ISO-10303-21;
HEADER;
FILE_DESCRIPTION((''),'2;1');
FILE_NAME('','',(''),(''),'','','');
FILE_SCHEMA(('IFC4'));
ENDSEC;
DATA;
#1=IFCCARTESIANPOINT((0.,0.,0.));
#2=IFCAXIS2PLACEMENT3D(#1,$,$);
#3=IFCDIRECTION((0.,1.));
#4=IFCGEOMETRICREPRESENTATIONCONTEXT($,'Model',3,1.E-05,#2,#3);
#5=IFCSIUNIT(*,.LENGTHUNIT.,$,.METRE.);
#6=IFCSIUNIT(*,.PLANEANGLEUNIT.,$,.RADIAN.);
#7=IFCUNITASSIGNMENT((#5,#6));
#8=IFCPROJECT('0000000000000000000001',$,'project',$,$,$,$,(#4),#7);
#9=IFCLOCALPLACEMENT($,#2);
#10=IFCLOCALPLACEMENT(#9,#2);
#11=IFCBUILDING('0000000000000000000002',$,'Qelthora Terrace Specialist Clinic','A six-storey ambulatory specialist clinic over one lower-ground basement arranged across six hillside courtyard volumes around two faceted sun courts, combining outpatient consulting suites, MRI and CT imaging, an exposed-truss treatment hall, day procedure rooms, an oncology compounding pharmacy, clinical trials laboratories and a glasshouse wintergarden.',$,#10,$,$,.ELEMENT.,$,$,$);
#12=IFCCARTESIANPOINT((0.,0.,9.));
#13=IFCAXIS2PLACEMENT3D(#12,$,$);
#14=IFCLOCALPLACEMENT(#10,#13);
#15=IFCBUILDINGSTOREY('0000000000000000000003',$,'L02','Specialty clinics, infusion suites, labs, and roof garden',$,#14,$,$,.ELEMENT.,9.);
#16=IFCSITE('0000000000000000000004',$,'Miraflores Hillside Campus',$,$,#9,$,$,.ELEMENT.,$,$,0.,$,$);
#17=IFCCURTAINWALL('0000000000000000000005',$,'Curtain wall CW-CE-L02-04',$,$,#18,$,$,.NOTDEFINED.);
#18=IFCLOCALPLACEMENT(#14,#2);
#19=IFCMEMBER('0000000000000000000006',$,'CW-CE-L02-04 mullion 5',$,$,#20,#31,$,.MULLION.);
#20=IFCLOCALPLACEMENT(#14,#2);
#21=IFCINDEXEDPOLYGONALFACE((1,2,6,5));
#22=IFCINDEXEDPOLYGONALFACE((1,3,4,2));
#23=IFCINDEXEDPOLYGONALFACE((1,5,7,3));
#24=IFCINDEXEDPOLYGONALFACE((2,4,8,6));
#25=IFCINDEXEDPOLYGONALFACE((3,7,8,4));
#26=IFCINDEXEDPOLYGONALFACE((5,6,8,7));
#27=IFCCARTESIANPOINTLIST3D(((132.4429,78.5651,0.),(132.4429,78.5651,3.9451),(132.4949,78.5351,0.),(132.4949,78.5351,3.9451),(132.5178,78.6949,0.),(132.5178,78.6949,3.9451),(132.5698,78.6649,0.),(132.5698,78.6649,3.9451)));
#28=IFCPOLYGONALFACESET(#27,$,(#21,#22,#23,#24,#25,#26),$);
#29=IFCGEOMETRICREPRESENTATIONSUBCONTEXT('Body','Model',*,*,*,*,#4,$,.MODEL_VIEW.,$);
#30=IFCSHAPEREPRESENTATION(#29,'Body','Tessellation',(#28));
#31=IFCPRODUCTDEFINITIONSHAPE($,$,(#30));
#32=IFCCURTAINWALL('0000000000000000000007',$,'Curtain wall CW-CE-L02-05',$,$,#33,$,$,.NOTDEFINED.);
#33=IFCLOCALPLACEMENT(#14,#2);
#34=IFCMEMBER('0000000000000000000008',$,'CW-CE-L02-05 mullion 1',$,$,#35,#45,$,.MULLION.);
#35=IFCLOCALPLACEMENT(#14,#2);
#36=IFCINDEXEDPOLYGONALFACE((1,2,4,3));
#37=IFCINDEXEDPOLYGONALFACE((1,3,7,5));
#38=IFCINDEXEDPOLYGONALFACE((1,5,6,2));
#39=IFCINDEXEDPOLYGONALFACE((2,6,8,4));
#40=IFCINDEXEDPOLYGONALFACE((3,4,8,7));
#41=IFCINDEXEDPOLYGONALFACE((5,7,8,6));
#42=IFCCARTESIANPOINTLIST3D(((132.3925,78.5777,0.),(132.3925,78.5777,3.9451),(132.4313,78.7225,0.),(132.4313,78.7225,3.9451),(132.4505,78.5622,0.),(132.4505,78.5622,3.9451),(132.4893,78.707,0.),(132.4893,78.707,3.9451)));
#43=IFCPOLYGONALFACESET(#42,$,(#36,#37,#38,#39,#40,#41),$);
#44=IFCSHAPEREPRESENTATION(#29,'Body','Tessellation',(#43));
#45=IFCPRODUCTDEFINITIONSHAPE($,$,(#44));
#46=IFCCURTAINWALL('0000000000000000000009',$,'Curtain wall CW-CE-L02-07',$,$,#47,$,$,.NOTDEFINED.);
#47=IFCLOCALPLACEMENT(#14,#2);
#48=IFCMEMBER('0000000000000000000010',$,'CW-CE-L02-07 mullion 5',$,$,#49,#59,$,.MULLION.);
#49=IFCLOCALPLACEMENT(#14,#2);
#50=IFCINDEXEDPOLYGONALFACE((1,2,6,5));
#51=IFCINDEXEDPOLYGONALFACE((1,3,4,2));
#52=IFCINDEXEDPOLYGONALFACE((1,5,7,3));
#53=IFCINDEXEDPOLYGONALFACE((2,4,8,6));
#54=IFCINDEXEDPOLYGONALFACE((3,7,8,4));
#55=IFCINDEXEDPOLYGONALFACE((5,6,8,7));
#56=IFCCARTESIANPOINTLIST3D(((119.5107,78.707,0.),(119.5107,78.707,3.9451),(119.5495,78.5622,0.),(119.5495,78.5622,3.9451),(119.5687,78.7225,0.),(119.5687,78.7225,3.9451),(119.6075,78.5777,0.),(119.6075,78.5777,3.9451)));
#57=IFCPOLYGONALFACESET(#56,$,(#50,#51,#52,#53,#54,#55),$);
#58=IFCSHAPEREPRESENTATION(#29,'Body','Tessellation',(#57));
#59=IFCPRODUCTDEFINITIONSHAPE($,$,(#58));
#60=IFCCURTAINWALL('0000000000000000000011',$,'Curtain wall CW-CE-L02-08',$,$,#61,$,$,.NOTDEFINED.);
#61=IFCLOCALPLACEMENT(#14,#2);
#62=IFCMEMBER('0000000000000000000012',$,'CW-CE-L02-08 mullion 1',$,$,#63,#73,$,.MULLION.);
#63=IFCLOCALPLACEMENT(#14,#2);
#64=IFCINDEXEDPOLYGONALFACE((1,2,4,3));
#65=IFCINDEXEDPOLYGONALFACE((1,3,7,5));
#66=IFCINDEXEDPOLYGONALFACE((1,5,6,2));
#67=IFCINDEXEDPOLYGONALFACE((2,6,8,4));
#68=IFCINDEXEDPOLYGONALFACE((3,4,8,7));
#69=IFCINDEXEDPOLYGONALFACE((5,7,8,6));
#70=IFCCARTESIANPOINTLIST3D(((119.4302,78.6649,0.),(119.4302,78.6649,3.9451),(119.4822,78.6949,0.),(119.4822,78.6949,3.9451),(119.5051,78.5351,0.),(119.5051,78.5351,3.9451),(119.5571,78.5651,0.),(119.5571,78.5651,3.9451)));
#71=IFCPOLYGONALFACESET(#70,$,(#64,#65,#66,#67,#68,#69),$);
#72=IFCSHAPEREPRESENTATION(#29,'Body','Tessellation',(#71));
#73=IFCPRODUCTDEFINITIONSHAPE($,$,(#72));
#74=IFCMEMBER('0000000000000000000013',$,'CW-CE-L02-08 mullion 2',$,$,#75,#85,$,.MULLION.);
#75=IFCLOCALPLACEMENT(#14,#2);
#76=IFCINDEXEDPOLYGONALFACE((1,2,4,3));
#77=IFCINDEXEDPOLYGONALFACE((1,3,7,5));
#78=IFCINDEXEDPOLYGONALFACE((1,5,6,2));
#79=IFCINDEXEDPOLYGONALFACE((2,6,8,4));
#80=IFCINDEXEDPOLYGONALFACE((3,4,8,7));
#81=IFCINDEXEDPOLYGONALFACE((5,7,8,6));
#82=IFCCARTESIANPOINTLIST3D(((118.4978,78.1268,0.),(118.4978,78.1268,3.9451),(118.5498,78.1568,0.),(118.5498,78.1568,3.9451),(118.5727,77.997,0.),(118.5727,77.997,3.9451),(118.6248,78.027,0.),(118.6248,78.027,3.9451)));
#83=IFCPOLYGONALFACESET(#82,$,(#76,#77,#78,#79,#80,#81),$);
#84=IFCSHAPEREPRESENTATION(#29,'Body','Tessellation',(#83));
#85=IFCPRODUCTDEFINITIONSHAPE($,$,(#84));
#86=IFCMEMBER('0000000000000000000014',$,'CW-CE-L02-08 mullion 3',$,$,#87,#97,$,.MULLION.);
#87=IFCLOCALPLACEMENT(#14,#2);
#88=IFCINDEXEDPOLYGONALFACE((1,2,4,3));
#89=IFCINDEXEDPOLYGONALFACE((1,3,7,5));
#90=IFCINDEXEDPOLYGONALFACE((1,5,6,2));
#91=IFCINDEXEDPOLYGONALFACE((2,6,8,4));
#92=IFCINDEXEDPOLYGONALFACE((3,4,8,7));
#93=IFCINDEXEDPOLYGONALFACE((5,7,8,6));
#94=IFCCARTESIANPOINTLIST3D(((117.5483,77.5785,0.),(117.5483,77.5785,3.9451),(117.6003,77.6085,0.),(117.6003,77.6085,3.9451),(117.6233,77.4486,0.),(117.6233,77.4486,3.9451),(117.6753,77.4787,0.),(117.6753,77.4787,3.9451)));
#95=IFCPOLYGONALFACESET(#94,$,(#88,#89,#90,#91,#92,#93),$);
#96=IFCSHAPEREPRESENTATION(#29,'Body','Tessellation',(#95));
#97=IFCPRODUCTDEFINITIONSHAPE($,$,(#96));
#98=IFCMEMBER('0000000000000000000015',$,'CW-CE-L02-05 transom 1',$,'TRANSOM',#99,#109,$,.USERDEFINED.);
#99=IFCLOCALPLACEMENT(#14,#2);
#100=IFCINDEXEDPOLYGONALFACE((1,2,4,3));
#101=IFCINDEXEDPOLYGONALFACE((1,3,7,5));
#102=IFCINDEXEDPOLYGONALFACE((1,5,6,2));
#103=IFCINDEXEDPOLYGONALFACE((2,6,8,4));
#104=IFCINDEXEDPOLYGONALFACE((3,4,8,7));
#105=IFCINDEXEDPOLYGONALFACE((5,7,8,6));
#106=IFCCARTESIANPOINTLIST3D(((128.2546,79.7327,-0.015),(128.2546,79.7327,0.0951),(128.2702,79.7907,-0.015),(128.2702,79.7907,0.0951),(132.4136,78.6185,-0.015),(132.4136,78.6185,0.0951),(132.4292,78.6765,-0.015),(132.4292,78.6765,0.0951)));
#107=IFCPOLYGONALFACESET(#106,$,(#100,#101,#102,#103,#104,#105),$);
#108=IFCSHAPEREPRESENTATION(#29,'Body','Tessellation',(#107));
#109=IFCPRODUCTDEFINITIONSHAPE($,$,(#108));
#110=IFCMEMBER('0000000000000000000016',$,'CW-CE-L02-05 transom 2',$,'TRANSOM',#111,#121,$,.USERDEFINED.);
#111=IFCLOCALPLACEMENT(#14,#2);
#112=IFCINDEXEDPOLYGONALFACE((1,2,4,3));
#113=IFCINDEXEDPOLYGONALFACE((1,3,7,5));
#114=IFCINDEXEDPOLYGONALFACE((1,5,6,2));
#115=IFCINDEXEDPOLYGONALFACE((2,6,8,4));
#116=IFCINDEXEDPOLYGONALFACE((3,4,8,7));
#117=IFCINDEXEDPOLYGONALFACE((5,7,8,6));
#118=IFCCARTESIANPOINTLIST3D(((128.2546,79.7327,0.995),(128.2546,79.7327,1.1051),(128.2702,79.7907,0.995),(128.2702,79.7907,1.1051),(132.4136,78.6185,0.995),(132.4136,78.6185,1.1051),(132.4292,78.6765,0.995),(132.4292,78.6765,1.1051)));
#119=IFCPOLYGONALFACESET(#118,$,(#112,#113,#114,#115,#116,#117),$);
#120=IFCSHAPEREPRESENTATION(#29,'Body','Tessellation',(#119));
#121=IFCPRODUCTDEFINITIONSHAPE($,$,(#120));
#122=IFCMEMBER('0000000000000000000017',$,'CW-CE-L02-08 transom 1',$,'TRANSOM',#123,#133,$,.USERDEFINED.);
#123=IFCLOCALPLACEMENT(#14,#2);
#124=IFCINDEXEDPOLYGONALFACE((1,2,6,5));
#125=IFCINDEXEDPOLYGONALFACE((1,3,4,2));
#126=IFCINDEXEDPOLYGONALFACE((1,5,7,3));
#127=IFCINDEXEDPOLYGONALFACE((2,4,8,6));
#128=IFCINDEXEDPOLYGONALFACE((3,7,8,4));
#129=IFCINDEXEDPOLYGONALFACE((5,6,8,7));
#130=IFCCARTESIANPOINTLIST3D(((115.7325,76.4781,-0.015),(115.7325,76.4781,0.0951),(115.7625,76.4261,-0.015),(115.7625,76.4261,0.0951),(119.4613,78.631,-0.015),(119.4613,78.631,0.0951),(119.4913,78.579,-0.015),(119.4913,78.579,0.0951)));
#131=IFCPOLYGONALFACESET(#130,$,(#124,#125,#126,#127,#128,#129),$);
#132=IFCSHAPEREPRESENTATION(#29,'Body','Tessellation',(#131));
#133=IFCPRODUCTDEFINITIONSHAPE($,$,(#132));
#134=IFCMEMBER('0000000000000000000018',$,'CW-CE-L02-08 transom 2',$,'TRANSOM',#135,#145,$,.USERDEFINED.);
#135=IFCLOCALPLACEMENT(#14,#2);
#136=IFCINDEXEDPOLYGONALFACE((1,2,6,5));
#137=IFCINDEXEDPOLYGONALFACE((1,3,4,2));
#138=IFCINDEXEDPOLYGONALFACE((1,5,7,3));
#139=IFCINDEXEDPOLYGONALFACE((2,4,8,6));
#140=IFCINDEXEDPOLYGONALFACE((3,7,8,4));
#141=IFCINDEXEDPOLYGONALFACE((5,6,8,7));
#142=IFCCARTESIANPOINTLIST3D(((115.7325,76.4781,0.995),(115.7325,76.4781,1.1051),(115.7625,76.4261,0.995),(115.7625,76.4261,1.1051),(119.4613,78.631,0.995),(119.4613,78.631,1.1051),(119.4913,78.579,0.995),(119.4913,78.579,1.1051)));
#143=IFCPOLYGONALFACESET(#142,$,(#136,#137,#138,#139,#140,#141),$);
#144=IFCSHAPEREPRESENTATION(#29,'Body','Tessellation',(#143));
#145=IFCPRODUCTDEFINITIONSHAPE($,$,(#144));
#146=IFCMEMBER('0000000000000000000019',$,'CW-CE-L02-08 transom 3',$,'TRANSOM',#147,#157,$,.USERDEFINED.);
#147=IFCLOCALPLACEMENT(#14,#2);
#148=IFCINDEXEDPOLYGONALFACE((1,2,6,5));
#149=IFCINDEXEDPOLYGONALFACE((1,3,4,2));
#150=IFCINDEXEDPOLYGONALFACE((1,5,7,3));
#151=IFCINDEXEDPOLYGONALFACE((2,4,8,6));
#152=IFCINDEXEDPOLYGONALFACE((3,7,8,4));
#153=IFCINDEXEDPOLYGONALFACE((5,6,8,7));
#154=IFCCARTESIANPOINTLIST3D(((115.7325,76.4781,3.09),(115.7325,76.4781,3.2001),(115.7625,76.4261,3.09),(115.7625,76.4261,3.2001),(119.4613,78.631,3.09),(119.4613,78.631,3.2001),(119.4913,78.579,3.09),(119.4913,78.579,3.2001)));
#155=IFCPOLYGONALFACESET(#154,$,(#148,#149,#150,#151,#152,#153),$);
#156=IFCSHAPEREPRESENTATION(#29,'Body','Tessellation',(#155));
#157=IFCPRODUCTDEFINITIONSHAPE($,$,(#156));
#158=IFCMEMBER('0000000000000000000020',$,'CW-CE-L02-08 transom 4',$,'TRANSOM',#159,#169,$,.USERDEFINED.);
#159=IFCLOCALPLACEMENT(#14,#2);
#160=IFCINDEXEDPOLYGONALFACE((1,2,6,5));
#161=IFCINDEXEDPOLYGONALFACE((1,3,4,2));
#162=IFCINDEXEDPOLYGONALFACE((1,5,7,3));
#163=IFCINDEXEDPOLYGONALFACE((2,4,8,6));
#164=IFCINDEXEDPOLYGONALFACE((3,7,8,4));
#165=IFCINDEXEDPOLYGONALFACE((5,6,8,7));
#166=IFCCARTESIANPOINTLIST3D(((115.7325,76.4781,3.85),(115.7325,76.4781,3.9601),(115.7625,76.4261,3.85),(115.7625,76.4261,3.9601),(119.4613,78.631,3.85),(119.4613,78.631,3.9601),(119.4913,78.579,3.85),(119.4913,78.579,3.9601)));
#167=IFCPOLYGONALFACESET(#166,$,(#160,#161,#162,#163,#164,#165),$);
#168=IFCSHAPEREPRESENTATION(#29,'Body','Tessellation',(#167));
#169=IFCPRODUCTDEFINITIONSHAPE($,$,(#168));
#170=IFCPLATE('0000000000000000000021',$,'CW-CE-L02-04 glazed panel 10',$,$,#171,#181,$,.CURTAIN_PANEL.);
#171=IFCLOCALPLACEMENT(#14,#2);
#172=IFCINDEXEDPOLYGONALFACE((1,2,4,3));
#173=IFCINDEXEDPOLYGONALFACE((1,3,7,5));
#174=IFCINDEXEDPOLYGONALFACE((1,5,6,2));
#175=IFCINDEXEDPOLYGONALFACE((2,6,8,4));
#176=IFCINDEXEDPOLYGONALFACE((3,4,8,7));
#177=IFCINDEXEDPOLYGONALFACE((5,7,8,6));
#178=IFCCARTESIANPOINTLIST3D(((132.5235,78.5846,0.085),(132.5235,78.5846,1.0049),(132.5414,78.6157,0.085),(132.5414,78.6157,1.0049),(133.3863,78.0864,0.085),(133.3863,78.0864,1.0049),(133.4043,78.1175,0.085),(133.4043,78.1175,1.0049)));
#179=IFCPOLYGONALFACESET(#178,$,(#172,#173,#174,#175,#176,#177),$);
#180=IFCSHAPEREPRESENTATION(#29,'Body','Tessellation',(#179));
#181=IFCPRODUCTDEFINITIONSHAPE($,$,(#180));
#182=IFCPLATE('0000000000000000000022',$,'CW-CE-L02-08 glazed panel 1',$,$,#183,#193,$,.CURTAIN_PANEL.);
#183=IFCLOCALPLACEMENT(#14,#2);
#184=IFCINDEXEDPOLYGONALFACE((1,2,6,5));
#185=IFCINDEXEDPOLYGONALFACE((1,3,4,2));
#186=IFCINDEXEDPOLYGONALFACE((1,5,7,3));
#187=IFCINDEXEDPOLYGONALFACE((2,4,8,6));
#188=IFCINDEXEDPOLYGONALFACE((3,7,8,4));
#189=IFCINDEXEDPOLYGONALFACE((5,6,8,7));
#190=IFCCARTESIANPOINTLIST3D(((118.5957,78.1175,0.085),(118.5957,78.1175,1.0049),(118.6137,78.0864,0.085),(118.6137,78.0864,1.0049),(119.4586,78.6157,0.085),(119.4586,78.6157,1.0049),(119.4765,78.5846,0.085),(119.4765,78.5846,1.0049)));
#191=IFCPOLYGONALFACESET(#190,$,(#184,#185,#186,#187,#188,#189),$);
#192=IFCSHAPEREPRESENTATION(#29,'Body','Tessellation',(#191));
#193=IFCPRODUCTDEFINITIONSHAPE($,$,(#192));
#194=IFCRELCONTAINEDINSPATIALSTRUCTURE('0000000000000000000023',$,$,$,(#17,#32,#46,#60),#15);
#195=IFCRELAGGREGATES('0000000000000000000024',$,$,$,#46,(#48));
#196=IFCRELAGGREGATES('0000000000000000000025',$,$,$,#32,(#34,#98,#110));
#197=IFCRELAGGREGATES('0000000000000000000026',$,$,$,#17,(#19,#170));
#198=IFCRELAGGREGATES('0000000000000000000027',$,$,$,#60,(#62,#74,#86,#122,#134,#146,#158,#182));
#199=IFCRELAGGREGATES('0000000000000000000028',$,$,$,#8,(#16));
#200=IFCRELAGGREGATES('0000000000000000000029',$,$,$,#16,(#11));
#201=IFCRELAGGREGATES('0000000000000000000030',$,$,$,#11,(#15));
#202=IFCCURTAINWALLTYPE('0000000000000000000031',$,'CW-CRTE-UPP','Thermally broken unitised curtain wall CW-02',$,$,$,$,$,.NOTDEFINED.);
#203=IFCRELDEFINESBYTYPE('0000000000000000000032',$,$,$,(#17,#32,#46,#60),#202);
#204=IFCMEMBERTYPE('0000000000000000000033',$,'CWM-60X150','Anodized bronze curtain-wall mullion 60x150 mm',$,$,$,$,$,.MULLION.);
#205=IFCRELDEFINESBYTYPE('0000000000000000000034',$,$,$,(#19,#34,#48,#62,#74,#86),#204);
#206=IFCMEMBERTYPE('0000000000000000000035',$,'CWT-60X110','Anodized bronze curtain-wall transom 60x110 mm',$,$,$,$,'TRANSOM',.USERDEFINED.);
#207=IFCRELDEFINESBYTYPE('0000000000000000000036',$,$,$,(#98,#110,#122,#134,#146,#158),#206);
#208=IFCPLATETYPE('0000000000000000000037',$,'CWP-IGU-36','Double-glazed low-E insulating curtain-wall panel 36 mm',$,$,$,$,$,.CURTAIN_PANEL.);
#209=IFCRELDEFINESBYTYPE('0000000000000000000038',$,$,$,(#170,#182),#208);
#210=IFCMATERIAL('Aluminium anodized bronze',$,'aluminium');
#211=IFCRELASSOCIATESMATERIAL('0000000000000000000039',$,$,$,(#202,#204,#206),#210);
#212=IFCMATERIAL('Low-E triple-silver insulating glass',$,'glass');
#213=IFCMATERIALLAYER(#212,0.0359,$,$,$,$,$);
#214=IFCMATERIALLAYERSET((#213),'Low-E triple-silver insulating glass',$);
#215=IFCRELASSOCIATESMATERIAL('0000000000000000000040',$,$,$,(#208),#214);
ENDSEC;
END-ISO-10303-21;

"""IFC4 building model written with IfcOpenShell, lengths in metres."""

from ifc_helpers import new_model, si_unit, direction, frame, origin, origin_2d, place, context, subcontext, project, spatial, rectangle, extrude, material, layer, layer_set, material_profile, profile_set, type_object, element, aggregate, save


model = new_model("IFC4")

# Units and contexts
model_context = context("Model", 3, precision=1e-05, world=origin(), true_north=direction((0.0, 1.0)))
body_context = subcontext(model_context, "Body", "Model", "MODEL_VIEW")
ifc_project = project(units=[si_unit("LENGTHUNIT", "METRE"), si_unit("PLANEANGLEUNIT", "RADIAN")], contexts=[model_context])

# Site, building, storey
site_placement = place(None, origin())
site = spatial("IfcSite", under=ifc_project, at=site_placement, Name="Miraflores Hillside Campus", CompositionType="ELEMENT", RefElevation=0.0)
building_placement = place(site_placement, origin())
building = spatial("IfcBuilding", under=site, at=building_placement, Name="Qelthora Terrace Specialist Clinic", Description="A six-storey ambulatory specialist clinic over one lower-ground basement arranged across six hillside courtyard volumes around two faceted sun courts, combining outpatient consulting suites, MRI and CT imaging, an exposed-truss treatment hall, day procedure rooms, an oncology compounding pharmacy, clinical trials laboratories and a glasshouse wintergarden.", CompositionType="ELEMENT")
storey_placement = place(building_placement, frame((0.0, 0.0, 9.0)))
storey = spatial("IfcBuildingStorey", under=building, at=storey_placement, Name="L02", Description="Specialty clinics, infusion suites, labs, and roof garden", CompositionType="ELEMENT", Elevation=9.0)

# Curtain walls, members
ifc_material_1 = material(Name="Aluminium anodized bronze", Category="aluminium")
curtain_wall_type = type_object("IfcCurtainWallType", Name="CW-CRTE-UPP", Description="Thermally broken unitised curtain wall CW-02", PredefinedType="NOTDEFINED", material=ifc_material_1)
curtain_wall_1_placement = place(storey_placement, origin())
curtain_wall_1 = element("IfcCurtainWall", 1, at=curtain_wall_1_placement, inside=storey, type_object=curtain_wall_type, Name="Curtain wall CW-CE-L02-04", PredefinedType="NOTDEFINED")
ifc_material_profile_1 = material_profile(ifc_material_1, rectangle(XDim=0.0601, YDim=0.1499, at=origin_2d()), Name="CWM60X150")
ifc_profile_set_1 = profile_set([ifc_material_profile_1], Name="Aluminium anodized bronze")
member_type_1 = type_object("IfcMemberType", Name="CWM-60X150", Description="Anodized bronze curtain-wall mullion 60x150 mm", PredefinedType="MULLION", material=ifc_profile_set_1)
member_1_placement = place(storey_placement, frame((132.5063, 78.615, 0.0), z_axis=(0.0, 0.0, 1.0), x_axis=(-0.866025, 0.5, 0.0)))
member_1 = element("IfcMember", 2, at=member_1_placement, type_object=member_type_1, Name="CW-CE-L02-04 mullion 5", PredefinedType="MULLION", context=body_context, shape_type="SweptSolid", body=[
    extrude(rectangle(XDim=0.0601, YDim=0.1499, at=origin_2d()), origin(), (0.0, 0.0, 1.0), 3.9451),
])
curtain_wall_2_placement = place(storey_placement, origin())
curtain_wall_2 = element("IfcCurtainWall", 3, at=curtain_wall_2_placement, inside=storey, type_object=curtain_wall_type, Name="Curtain wall CW-CE-L02-05", PredefinedType="NOTDEFINED")
member_2_placement = place(storey_placement, frame((132.4409, 78.6423, 0.0), z_axis=(0.0, 0.0, 1.0), x_axis=(-0.965926, 0.25882, 0.0)))
member_2 = element("IfcMember", 4, at=member_2_placement, type_object=member_type_1, Name="CW-CE-L02-05 mullion 1", PredefinedType="MULLION", context=body_context, shape_type="SweptSolid", body=[
    extrude(rectangle(XDim=0.0601, YDim=0.1499, at=origin_2d()), origin(), (0.0, 0.0, 1.0), 3.9451),
])
curtain_wall_3_placement = place(storey_placement, origin())
curtain_wall_3 = element("IfcCurtainWall", 5, at=curtain_wall_3_placement, inside=storey, type_object=curtain_wall_type, Name="Curtain wall CW-CE-L02-07", PredefinedType="NOTDEFINED")
member_3_placement = place(storey_placement, frame((119.5591, 78.6423, 0.0), z_axis=(0.0, 0.0, 1.0), x_axis=(-0.965926, -0.25882, 0.0)))
member_3 = element("IfcMember", 6, at=member_3_placement, type_object=member_type_1, Name="CW-CE-L02-07 mullion 5", PredefinedType="MULLION", context=body_context, shape_type="SweptSolid", body=[
    extrude(rectangle(XDim=0.0601, YDim=0.1499, at=origin_2d()), origin(), (0.0, 0.0, 1.0), 3.9451),
])
aggregate(curtain_wall_3, [member_3])

# Curtain wall, members
curtain_wall_4_placement = place(storey_placement, origin())
curtain_wall_4 = element("IfcCurtainWall", 7, at=curtain_wall_4_placement, inside=storey, type_object=curtain_wall_type, Name="Curtain wall CW-CE-L02-08", PredefinedType="NOTDEFINED")
member_4_placement = place(storey_placement, frame((119.4937, 78.615, 0.0), z_axis=(0.0, 0.0, 1.0), x_axis=(-0.866025, -0.5, 0.0)))
member_4 = element("IfcMember", 8, at=member_4_placement, type_object=member_type_1, Name="CW-CE-L02-08 mullion 1", PredefinedType="MULLION", context=body_context, shape_type="SweptSolid", body=[
    extrude(rectangle(XDim=0.0601, YDim=0.1499, at=origin_2d()), origin(), (0.0, 0.0, 1.0), 3.9451),
])
member_5_placement = place(storey_placement, frame((118.5613, 78.0769, 0.0), z_axis=(0.0, 0.0, 1.0), x_axis=(-0.866025, -0.5, 0.0)))
member_5 = element("IfcMember", 9, at=member_5_placement, type_object=member_type_1, Name="CW-CE-L02-08 mullion 2", PredefinedType="MULLION", context=body_context, shape_type="SweptSolid", body=[
    extrude(rectangle(XDim=0.0601, YDim=0.1499, at=origin_2d()), origin(), (0.0, 0.0, 1.0), 3.9451),
])
member_6_placement = place(storey_placement, frame((117.6118, 77.5286, 0.0), z_axis=(0.0, 0.0, 1.0), x_axis=(-0.866025, -0.5, 0.0)))
member_6 = element("IfcMember", 10, at=member_6_placement, type_object=member_type_1, Name="CW-CE-L02-08 mullion 3", PredefinedType="MULLION", context=body_context, shape_type="SweptSolid", body=[
    extrude(rectangle(XDim=0.0601, YDim=0.1499, at=origin_2d()), origin(), (0.0, 0.0, 1.0), 3.9451),
])

# Members
ifc_material_profile_2 = material_profile(ifc_material_1, rectangle(XDim=0.0601, YDim=0.1101, at=origin_2d()), Name="CWT60X110")
ifc_profile_set_2 = profile_set([ifc_material_profile_2], Name="Aluminium anodized bronze")
member_type_2 = type_object("IfcMemberType", Name="CWT-60X110", Description="Anodized bronze curtain-wall transom 60x110 mm", ElementType="TRANSOM", PredefinedType="USERDEFINED", material=ifc_profile_set_2)
member_7_placement = place(storey_placement, frame((132.4214, 78.6475, 0.04), z_axis=(-0.965933, 0.258792, 0.0), x_axis=(-0.258792, -0.965933, 0.0)))
member_7 = element("IfcMember", 11, at=member_7_placement, type_object=member_type_2, Name="CW-CE-L02-05 transom 1", ObjectType="TRANSOM", PredefinedType="USERDEFINED", context=body_context, shape_type="SweptSolid", body=[
    extrude(rectangle(XDim=0.0601, YDim=0.1101, at=origin_2d()), origin(), (0.0, 0.0, 1.0), 4.3057),
])
member_8_placement = place(storey_placement, frame((132.4214, 78.6475, 1.05), z_axis=(-0.965933, 0.258792, 0.0), x_axis=(-0.258792, -0.965933, 0.0)))
member_8 = element("IfcMember", 12, at=member_8_placement, type_object=member_type_2, Name="CW-CE-L02-05 transom 2", ObjectType="TRANSOM", PredefinedType="USERDEFINED", context=body_context, shape_type="SweptSolid", body=[
    extrude(rectangle(XDim=0.0601, YDim=0.1101, at=origin_2d()), origin(), (0.0, 0.0, 1.0), 4.3057),
])
aggregate(curtain_wall_2, [member_2, member_7, member_8])
member_9_placement = place(storey_placement, frame((119.4763, 78.605, 0.04), z_axis=(-0.866022, -0.500006, 0.0), x_axis=(0.500006, -0.866022, 0.0)))
member_9 = element("IfcMember", 13, at=member_9_placement, type_object=member_type_2, Name="CW-CE-L02-08 transom 1", ObjectType="TRANSOM", PredefinedType="USERDEFINED", context=body_context, shape_type="SweptSolid", body=[
    extrude(rectangle(XDim=0.0601, YDim=0.1101, at=origin_2d()), origin(), (0.0, 0.0, 1.0), 4.3057),
])
member_10_placement = place(storey_placement, frame((119.4763, 78.605, 1.05), z_axis=(-0.866022, -0.500006, 0.0), x_axis=(0.500006, -0.866022, 0.0)))
member_10 = element("IfcMember", 14, at=member_10_placement, type_object=member_type_2, Name="CW-CE-L02-08 transom 2", ObjectType="TRANSOM", PredefinedType="USERDEFINED", context=body_context, shape_type="SweptSolid", body=[
    extrude(rectangle(XDim=0.0601, YDim=0.1101, at=origin_2d()), origin(), (0.0, 0.0, 1.0), 4.3057),
])
member_11_placement = place(storey_placement, frame((119.4763, 78.605, 3.145), z_axis=(-0.866022, -0.500006, 0.0), x_axis=(0.500006, -0.866022, 0.0)))
member_11 = element("IfcMember", 15, at=member_11_placement, type_object=member_type_2, Name="CW-CE-L02-08 transom 3", ObjectType="TRANSOM", PredefinedType="USERDEFINED", context=body_context, shape_type="SweptSolid", body=[
    extrude(rectangle(XDim=0.0601, YDim=0.1101, at=origin_2d()), origin(), (0.0, 0.0, 1.0), 4.3057),
])
member_12_placement = place(storey_placement, frame((119.4763, 78.605, 3.905), z_axis=(-0.866022, -0.500006, 0.0), x_axis=(0.500006, -0.866022, 0.0)))
member_12 = element("IfcMember", 16, at=member_12_placement, type_object=member_type_2, Name="CW-CE-L02-08 transom 4", ObjectType="TRANSOM", PredefinedType="USERDEFINED", context=body_context, shape_type="SweptSolid", body=[
    extrude(rectangle(XDim=0.0601, YDim=0.1101, at=origin_2d()), origin(), (0.0, 0.0, 1.0), 4.3057),
])

# Plates
ifc_material_2 = material(Name="Low-E triple-silver insulating glass", Category="glass")
ifc_layer = layer(ifc_material_2, 0.0359)
ifc_layer_set = layer_set([ifc_layer], Name="Low-E triple-silver insulating glass")
plate_type = type_object("IfcPlateType", Name="CWP-IGU-36", Description="Double-glazed low-E insulating curtain-wall panel 36 mm", PredefinedType="CURTAIN_PANEL", material=ifc_layer_set)
plate_1_placement = place(storey_placement, frame((132.9639, 78.3511, 0.085), z_axis=(0.0, 0.0, 1.0), x_axis=(-0.866025, 0.5, 0.0)))
plate_1 = element("IfcPlate", 17, at=plate_1_placement, type_object=plate_type, Name="CW-CE-L02-04 glazed panel 10", PredefinedType="CURTAIN_PANEL", context=body_context, shape_type="SweptSolid", body=[
    extrude(rectangle(XDim=0.9963, YDim=0.0359, at=origin_2d()), origin(), (0.0, 0.0, 1.0), 0.9199),
])
aggregate(curtain_wall_1, [member_1, plate_1])
plate_2_placement = place(storey_placement, frame((119.0361, 78.3511, 0.085), z_axis=(0.0, 0.0, 1.0), x_axis=(-0.866025, -0.5, 0.0)))
plate_2 = element("IfcPlate", 18, at=plate_2_placement, type_object=plate_type, Name="CW-CE-L02-08 glazed panel 1", PredefinedType="CURTAIN_PANEL", context=body_context, shape_type="SweptSolid", body=[
    extrude(rectangle(XDim=0.9963, YDim=0.0359, at=origin_2d()), origin(), (0.0, 0.0, 1.0), 0.9199),
])
aggregate(curtain_wall_4, [member_4, member_5, member_6, member_9, member_10, member_11, member_12, plate_2])

save(model, "model.ifc")
